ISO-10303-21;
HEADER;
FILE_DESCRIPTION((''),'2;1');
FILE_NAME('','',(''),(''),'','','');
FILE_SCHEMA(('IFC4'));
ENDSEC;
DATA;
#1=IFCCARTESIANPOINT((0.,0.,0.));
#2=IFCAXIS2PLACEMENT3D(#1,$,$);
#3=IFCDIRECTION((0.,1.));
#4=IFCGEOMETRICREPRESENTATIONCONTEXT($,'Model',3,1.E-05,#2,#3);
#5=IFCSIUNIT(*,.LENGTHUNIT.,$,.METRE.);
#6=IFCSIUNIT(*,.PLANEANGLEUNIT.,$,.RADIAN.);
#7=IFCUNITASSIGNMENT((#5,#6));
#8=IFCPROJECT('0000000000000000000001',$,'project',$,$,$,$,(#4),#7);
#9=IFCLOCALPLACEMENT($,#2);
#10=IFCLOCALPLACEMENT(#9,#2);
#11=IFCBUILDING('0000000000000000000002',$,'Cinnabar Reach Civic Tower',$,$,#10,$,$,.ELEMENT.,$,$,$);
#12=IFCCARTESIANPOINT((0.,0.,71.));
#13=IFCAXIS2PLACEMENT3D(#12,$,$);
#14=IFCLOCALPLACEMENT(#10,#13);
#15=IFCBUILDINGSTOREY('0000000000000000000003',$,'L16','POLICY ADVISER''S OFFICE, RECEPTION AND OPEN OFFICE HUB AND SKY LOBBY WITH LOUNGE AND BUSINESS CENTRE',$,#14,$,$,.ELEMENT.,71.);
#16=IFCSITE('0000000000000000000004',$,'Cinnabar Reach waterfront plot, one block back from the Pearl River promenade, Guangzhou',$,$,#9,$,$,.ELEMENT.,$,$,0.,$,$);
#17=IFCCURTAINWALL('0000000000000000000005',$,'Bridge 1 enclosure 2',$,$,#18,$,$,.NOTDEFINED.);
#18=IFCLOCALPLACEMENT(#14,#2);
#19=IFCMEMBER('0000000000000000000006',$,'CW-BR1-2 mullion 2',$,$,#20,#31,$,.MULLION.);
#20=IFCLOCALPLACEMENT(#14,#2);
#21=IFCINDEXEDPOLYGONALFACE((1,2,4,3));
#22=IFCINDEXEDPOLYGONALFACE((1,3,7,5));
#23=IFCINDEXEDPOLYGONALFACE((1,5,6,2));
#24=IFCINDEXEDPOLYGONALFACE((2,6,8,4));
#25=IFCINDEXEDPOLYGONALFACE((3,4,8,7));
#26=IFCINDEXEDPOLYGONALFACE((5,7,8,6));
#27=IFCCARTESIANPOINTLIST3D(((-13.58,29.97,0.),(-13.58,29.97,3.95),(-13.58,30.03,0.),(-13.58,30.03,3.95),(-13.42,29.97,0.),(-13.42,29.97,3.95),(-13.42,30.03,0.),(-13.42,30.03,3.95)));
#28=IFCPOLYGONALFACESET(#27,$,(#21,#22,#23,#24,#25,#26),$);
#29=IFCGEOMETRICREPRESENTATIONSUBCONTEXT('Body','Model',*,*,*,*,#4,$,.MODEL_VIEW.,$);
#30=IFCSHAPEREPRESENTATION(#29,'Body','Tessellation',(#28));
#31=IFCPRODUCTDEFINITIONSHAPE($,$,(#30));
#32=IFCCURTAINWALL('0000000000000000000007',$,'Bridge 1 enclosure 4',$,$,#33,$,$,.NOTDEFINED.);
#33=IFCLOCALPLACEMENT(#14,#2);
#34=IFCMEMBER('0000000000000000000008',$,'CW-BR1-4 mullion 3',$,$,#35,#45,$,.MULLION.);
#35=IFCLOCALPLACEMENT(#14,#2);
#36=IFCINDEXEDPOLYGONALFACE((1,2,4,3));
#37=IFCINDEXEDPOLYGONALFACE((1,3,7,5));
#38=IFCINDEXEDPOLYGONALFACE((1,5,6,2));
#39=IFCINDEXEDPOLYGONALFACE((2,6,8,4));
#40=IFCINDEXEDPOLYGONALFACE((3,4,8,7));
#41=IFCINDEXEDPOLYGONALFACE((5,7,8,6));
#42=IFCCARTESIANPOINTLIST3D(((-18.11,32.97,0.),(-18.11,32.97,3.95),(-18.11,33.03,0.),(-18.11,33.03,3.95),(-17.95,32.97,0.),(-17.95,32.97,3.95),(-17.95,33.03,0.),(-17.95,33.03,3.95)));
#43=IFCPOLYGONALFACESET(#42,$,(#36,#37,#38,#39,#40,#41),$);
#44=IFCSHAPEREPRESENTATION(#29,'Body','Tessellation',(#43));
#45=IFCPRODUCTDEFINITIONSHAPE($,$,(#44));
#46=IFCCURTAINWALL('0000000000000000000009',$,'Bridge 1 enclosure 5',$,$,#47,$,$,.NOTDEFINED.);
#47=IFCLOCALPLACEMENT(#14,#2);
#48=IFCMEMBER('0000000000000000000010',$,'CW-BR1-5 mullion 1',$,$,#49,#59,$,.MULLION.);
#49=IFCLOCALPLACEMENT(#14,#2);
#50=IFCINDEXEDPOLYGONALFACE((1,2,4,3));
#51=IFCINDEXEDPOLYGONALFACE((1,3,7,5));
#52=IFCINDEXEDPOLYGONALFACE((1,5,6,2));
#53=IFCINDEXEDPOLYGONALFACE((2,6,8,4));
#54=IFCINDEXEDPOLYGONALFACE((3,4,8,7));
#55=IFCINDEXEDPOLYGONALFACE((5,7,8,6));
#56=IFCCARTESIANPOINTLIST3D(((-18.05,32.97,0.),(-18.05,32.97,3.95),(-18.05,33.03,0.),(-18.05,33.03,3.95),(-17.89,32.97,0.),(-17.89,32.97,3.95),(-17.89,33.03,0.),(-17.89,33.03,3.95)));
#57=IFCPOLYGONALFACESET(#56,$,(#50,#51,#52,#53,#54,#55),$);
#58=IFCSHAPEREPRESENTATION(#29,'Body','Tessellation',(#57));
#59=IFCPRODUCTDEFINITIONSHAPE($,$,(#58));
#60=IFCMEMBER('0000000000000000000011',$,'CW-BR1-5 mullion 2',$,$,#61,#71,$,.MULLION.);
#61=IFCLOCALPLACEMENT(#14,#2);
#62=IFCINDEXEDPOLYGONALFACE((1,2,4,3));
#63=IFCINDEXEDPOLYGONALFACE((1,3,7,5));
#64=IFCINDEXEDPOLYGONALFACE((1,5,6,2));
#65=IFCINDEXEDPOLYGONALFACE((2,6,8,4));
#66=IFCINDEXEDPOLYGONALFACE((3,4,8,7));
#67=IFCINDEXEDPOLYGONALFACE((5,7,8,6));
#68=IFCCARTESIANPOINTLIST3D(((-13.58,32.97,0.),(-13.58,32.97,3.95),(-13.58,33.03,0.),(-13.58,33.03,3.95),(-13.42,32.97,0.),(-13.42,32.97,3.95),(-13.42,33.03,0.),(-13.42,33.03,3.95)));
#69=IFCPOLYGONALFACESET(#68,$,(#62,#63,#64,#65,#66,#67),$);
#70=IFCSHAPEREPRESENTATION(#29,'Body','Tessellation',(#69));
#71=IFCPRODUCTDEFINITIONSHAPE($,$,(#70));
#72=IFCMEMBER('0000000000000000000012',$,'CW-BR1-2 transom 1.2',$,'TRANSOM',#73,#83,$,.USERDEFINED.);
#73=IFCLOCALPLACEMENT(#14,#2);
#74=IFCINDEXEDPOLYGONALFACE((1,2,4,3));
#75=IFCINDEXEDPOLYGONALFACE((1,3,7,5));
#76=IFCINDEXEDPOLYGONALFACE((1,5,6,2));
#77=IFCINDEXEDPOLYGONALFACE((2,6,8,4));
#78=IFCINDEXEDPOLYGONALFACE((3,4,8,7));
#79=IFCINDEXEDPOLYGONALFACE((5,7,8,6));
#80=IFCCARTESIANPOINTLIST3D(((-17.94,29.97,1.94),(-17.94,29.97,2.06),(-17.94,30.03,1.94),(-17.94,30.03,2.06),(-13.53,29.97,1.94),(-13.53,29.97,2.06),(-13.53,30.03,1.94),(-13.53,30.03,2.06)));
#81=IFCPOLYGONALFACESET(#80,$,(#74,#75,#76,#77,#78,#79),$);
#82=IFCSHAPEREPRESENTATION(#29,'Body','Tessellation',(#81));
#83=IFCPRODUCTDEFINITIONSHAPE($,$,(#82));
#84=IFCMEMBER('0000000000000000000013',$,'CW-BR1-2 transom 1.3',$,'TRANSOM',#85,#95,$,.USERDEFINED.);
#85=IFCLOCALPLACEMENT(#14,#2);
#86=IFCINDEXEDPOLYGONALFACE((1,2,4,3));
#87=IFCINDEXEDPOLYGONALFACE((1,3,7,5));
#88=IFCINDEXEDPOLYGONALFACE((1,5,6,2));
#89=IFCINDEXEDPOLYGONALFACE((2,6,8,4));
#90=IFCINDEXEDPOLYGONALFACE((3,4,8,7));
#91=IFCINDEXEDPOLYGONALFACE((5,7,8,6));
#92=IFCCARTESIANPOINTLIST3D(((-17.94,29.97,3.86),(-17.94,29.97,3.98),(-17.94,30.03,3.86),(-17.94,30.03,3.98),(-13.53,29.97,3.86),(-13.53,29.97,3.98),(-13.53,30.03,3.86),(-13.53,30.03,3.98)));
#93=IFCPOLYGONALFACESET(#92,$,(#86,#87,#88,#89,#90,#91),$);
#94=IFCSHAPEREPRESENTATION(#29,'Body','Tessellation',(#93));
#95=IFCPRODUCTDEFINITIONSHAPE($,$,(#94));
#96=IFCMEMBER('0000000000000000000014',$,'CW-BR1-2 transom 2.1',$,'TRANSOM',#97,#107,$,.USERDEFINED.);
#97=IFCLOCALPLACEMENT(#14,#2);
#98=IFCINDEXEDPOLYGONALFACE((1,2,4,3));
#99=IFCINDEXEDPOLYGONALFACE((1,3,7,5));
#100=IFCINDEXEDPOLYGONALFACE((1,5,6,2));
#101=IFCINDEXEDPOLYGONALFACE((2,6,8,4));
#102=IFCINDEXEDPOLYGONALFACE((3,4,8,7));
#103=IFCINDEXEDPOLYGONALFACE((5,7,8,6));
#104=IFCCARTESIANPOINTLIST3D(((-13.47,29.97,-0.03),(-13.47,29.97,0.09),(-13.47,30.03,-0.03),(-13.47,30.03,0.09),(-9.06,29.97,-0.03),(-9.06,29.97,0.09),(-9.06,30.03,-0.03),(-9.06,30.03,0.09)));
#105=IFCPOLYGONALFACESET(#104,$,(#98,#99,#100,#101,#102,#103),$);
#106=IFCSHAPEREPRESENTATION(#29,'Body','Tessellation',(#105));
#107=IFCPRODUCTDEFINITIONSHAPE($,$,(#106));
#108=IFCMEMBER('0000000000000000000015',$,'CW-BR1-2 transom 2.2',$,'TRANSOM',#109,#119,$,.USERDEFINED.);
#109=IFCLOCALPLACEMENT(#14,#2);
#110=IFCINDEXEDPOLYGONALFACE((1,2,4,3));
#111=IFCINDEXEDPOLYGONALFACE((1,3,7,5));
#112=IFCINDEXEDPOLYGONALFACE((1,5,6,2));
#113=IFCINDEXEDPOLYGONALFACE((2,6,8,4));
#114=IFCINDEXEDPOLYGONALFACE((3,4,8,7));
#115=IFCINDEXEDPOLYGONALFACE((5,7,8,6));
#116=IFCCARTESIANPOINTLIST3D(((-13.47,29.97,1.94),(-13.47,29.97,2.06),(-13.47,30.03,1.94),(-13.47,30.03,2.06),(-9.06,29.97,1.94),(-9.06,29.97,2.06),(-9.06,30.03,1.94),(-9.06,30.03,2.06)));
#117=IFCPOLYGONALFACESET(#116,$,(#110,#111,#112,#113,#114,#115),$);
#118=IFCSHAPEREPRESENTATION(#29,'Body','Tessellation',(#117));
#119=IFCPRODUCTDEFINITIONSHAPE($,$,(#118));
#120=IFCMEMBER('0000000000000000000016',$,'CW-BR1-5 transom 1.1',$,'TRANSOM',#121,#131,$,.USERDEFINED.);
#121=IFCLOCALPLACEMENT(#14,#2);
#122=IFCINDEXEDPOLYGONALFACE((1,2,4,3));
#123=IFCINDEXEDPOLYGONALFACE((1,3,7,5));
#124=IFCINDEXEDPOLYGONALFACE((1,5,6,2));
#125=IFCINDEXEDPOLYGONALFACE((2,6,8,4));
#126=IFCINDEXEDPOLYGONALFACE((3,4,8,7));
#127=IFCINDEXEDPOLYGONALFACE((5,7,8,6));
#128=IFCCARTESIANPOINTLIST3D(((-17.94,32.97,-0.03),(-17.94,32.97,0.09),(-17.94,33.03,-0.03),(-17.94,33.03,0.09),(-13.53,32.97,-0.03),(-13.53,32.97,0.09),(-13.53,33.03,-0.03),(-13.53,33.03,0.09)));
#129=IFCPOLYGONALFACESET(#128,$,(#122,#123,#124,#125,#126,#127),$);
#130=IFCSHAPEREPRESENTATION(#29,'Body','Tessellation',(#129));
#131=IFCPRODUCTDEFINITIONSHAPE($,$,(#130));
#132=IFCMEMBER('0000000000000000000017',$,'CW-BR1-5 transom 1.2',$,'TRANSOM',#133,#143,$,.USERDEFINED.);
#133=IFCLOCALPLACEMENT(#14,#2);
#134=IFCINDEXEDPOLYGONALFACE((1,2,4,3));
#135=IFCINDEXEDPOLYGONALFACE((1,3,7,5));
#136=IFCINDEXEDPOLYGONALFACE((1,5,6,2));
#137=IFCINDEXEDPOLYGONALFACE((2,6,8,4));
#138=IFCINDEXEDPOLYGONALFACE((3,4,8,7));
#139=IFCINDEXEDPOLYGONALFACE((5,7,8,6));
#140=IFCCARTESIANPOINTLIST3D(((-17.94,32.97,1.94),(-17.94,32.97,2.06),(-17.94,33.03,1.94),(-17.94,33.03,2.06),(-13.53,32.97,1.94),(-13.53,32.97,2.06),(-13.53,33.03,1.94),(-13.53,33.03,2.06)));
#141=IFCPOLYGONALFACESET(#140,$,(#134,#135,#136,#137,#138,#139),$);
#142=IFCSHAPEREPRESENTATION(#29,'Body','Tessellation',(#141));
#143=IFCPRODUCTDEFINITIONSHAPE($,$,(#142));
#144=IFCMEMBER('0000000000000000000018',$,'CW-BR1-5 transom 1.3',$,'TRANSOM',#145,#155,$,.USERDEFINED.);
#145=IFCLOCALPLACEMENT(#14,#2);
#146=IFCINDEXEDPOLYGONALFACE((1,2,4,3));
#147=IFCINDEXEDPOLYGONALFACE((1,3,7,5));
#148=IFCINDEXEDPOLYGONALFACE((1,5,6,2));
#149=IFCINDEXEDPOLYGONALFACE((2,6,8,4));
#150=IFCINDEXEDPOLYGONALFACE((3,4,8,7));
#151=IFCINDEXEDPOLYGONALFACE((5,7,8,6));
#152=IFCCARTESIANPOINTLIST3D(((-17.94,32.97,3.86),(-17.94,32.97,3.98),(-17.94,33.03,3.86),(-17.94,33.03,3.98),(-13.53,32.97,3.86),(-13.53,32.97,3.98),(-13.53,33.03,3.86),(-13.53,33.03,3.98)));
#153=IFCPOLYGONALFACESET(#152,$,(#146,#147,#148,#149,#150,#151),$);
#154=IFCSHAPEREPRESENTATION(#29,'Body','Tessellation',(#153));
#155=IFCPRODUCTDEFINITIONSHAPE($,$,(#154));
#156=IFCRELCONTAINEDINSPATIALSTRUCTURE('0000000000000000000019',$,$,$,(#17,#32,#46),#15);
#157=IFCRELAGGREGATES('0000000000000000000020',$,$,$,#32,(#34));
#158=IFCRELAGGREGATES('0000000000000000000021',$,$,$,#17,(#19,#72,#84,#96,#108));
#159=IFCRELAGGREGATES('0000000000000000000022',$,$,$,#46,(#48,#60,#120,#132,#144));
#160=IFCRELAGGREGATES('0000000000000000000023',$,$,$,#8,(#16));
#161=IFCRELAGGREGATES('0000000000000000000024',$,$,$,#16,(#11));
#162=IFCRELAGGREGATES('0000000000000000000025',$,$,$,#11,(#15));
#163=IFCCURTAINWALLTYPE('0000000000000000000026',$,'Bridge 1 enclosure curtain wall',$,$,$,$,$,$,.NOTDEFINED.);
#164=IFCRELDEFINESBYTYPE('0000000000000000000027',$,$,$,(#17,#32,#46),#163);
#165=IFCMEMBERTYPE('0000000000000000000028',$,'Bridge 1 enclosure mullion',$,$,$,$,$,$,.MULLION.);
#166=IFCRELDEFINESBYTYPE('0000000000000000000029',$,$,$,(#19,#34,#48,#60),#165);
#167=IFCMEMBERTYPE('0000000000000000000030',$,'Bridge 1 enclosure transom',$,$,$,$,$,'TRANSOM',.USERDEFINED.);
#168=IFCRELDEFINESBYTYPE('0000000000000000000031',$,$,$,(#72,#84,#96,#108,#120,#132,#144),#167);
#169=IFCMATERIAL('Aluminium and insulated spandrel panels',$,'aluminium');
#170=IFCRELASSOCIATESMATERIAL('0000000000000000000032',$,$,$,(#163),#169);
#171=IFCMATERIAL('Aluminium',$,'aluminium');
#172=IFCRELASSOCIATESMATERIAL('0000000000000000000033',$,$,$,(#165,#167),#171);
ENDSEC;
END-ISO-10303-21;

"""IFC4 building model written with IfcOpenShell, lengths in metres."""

from ifc_helpers import new_model, si_unit, direction, frame, origin, origin_2d, place, context, subcontext, project, spatial, rectangle, extrude, material, material_profile, profile_set, type_object, element, aggregate, save


model = new_model("IFC4")

# Units and contexts
model_context = context("Model", 3, precision=1e-05, world=origin(), true_north=direction((0.0, 1.0)))
body_context = subcontext(model_context, "Body", "Model", "MODEL_VIEW")
ifc_project = project(units=[si_unit("LENGTHUNIT", "METRE"), si_unit("PLANEANGLEUNIT", "RADIAN")], contexts=[model_context])

# Site, building, storey
site_placement = place(None, origin())
site = spatial("IfcSite", under=ifc_project, at=site_placement, Name="Cinnabar Reach waterfront plot, one block back from the Pearl River promenade, Guangzhou", CompositionType="ELEMENT", RefElevation=0.0)
building_placement = place(site_placement, origin())
building = spatial("IfcBuilding", under=site, at=building_placement, Name="Cinnabar Reach Civic Tower", CompositionType="ELEMENT")
storey_placement = place(building_placement, frame((0.0, 0.0, 71.0)))
storey = spatial("IfcBuildingStorey", under=building, at=storey_placement, Name="L16", Description="POLICY ADVISER'S OFFICE, RECEPTION AND OPEN OFFICE HUB AND SKY LOBBY WITH LOUNGE AND BUSINESS CENTRE", CompositionType="ELEMENT", Elevation=71.0)

# Curtain walls, members
ifc_material_1 = material(Name="Aluminium and insulated spandrel panels", Category="aluminium")
curtain_wall_type = type_object("IfcCurtainWallType", Name="Bridge 1 enclosure curtain wall", PredefinedType="NOTDEFINED", material=ifc_material_1)
curtain_wall_1_placement = place(storey_placement, origin())
curtain_wall_1 = element("IfcCurtainWall", 1, at=curtain_wall_1_placement, inside=storey, type_object=curtain_wall_type, Name="Bridge 1 enclosure 2", PredefinedType="NOTDEFINED")
ifc_material_2 = material(Name="Aluminium", Category="aluminium")
ifc_material_profile_1 = material_profile(ifc_material_2, rectangle(XDim=0.06, YDim=0.16, at=origin_2d()), Name="Bridge 1 enclosure mullion")
ifc_profile_set_1 = profile_set([ifc_material_profile_1], Name="Aluminium")
member_type_1 = type_object("IfcMemberType", Name="Bridge 1 enclosure mullion", PredefinedType="MULLION", material=ifc_profile_set_1)
member_1_placement = place(storey_placement, frame((-13.5, 30.0, 0.0), z_axis=(0.0, 0.0, 1.0), x_axis=(0.0, 1.0, 0.0)))
member_1 = element("IfcMember", 2, at=member_1_placement, type_object=member_type_1, Name="CW-BR1-2 mullion 2", PredefinedType="MULLION", context=body_context, shape_type="SweptSolid", body=[
    extrude(rectangle(XDim=0.06, YDim=0.16, at=origin_2d()), origin(), (0.0, 0.0, 1.0), 3.95),
])
curtain_wall_2_placement = place(storey_placement, origin())
curtain_wall_2 = element("IfcCurtainWall", 3, at=curtain_wall_2_placement, inside=storey, type_object=curtain_wall_type, Name="Bridge 1 enclosure 4", PredefinedType="NOTDEFINED")
member_2_placement = place(storey_placement, frame((-18.03, 33.0, 0.0), z_axis=(0.0, 0.0, 1.0), x_axis=(0.0, 1.0, 0.0)))
member_2 = element("IfcMember", 4, at=member_2_placement, type_object=member_type_1, Name="CW-BR1-4 mullion 3", PredefinedType="MULLION", context=body_context, shape_type="SweptSolid", body=[
    extrude(rectangle(XDim=0.06, YDim=0.16, at=origin_2d()), origin(), (0.0, 0.0, 1.0), 3.95),
])
aggregate(curtain_wall_2, [member_2])

# Curtain wall, members
curtain_wall_3_placement = place(storey_placement, origin())
curtain_wall_3 = element("IfcCurtainWall", 5, at=curtain_wall_3_placement, inside=storey, type_object=curtain_wall_type, Name="Bridge 1 enclosure 5", PredefinedType="NOTDEFINED")
member_3_placement = place(storey_placement, frame((-17.97, 33.0, 0.0), z_axis=(0.0, 0.0, 1.0), x_axis=(0.0, 1.0, 0.0)))
member_3 = element("IfcMember", 6, at=member_3_placement, type_object=member_type_1, Name="CW-BR1-5 mullion 1", PredefinedType="MULLION", context=body_context, shape_type="SweptSolid", body=[
    extrude(rectangle(XDim=0.06, YDim=0.16, at=origin_2d()), origin(), (0.0, 0.0, 1.0), 3.95),
])
member_4_placement = place(storey_placement, frame((-13.5, 33.0, 0.0), z_axis=(0.0, 0.0, 1.0), x_axis=(0.0, 1.0, 0.0)))
member_4 = element("IfcMember", 7, at=member_4_placement, type_object=member_type_1, Name="CW-BR1-5 mullion 2", PredefinedType="MULLION", context=body_context, shape_type="SweptSolid", body=[
    extrude(rectangle(XDim=0.06, YDim=0.16, at=origin_2d()), origin(), (0.0, 0.0, 1.0), 3.95),
])

# Members
ifc_material_profile_2 = material_profile(ifc_material_2, rectangle(XDim=0.06, YDim=0.12, at=origin_2d()), Name="Bridge 1 enclosure transom")
ifc_profile_set_2 = profile_set([ifc_material_profile_2], Name="Aluminium")
member_type_2 = type_object("IfcMemberType", Name="Bridge 1 enclosure transom", ElementType="TRANSOM", PredefinedType="USERDEFINED", material=ifc_profile_set_2)
member_5_placement = place(storey_placement, frame((-17.94, 30.0, 2.0), z_axis=(1.0, 0.0, 0.0), x_axis=(0.0, 1.0, 0.0)))
member_5 = element("IfcMember", 8, at=member_5_placement, type_object=member_type_2, Name="CW-BR1-2 transom 1.2", ObjectType="TRANSOM", PredefinedType="USERDEFINED", context=body_context, shape_type="SweptSolid", body=[
    extrude(rectangle(XDim=0.06, YDim=0.12, at=origin_2d()), origin(), (0.0, 0.0, 1.0), 4.41),
])
member_6_placement = place(storey_placement, frame((-17.94, 30.0, 3.92), z_axis=(1.0, 0.0, 0.0), x_axis=(0.0, 1.0, 0.0)))
member_6 = element("IfcMember", 9, at=member_6_placement, type_object=member_type_2, Name="CW-BR1-2 transom 1.3", ObjectType="TRANSOM", PredefinedType="USERDEFINED", context=body_context, shape_type="SweptSolid", body=[
    extrude(rectangle(XDim=0.06, YDim=0.12, at=origin_2d()), origin(), (0.0, 0.0, 1.0), 4.41),
])
member_7_placement = place(storey_placement, frame((-13.47, 30.0, 0.03), z_axis=(1.0, 0.0, 0.0), x_axis=(0.0, 1.0, 0.0)))
member_7 = element("IfcMember", 10, at=member_7_placement, type_object=member_type_2, Name="CW-BR1-2 transom 2.1", ObjectType="TRANSOM", PredefinedType="USERDEFINED", context=body_context, shape_type="SweptSolid", body=[
    extrude(rectangle(XDim=0.06, YDim=0.12, at=origin_2d()), origin(), (0.0, 0.0, 1.0), 4.41),
])
member_8_placement = place(storey_placement, frame((-13.47, 30.0, 2.0), z_axis=(1.0, 0.0, 0.0), x_axis=(0.0, 1.0, 0.0)))
member_8 = element("IfcMember", 11, at=member_8_placement, type_object=member_type_2, Name="CW-BR1-2 transom 2.2", ObjectType="TRANSOM", PredefinedType="USERDEFINED", context=body_context, shape_type="SweptSolid", body=[
    extrude(rectangle(XDim=0.06, YDim=0.12, at=origin_2d()), origin(), (0.0, 0.0, 1.0), 4.41),
])
member_9_placement = place(storey_placement, frame((-17.94, 33.0, 0.03), z_axis=(1.0, 0.0, 0.0), x_axis=(0.0, 1.0, 0.0)))
member_9 = element("IfcMember", 12, at=member_9_placement, type_object=member_type_2, Name="CW-BR1-5 transom 1.1", ObjectType="TRANSOM", PredefinedType="USERDEFINED", context=body_context, shape_type="SweptSolid", body=[
    extrude(rectangle(XDim=0.06, YDim=0.12, at=origin_2d()), origin(), (0.0, 0.0, 1.0), 4.41),
])
member_10_placement = place(storey_placement, frame((-17.94, 33.0, 2.0), z_axis=(1.0, 0.0, 0.0), x_axis=(0.0, 1.0, 0.0)))
member_10 = element("IfcMember", 13, at=member_10_placement, type_object=member_type_2, Name="CW-BR1-5 transom 1.2", ObjectType="TRANSOM", PredefinedType="USERDEFINED", context=body_context, shape_type="SweptSolid", body=[
    extrude(rectangle(XDim=0.06, YDim=0.12, at=origin_2d()), origin(), (0.0, 0.0, 1.0), 4.41),
])
member_11_placement = place(storey_placement, frame((-17.94, 33.0, 3.92), z_axis=(1.0, 0.0, 0.0), x_axis=(0.0, 1.0, 0.0)))
member_11 = element("IfcMember", 14, at=member_11_placement, type_object=member_type_2, Name="CW-BR1-5 transom 1.3", ObjectType="TRANSOM", PredefinedType="USERDEFINED", context=body_context, shape_type="SweptSolid", body=[
    extrude(rectangle(XDim=0.06, YDim=0.12, at=origin_2d()), origin(), (0.0, 0.0, 1.0), 4.41),
])

aggregate(curtain_wall_1, [member_1, member_5, member_6, member_7, member_8])
aggregate(curtain_wall_3, [member_3, member_4, member_9, member_10, member_11])

save(model, "model.ifc")
